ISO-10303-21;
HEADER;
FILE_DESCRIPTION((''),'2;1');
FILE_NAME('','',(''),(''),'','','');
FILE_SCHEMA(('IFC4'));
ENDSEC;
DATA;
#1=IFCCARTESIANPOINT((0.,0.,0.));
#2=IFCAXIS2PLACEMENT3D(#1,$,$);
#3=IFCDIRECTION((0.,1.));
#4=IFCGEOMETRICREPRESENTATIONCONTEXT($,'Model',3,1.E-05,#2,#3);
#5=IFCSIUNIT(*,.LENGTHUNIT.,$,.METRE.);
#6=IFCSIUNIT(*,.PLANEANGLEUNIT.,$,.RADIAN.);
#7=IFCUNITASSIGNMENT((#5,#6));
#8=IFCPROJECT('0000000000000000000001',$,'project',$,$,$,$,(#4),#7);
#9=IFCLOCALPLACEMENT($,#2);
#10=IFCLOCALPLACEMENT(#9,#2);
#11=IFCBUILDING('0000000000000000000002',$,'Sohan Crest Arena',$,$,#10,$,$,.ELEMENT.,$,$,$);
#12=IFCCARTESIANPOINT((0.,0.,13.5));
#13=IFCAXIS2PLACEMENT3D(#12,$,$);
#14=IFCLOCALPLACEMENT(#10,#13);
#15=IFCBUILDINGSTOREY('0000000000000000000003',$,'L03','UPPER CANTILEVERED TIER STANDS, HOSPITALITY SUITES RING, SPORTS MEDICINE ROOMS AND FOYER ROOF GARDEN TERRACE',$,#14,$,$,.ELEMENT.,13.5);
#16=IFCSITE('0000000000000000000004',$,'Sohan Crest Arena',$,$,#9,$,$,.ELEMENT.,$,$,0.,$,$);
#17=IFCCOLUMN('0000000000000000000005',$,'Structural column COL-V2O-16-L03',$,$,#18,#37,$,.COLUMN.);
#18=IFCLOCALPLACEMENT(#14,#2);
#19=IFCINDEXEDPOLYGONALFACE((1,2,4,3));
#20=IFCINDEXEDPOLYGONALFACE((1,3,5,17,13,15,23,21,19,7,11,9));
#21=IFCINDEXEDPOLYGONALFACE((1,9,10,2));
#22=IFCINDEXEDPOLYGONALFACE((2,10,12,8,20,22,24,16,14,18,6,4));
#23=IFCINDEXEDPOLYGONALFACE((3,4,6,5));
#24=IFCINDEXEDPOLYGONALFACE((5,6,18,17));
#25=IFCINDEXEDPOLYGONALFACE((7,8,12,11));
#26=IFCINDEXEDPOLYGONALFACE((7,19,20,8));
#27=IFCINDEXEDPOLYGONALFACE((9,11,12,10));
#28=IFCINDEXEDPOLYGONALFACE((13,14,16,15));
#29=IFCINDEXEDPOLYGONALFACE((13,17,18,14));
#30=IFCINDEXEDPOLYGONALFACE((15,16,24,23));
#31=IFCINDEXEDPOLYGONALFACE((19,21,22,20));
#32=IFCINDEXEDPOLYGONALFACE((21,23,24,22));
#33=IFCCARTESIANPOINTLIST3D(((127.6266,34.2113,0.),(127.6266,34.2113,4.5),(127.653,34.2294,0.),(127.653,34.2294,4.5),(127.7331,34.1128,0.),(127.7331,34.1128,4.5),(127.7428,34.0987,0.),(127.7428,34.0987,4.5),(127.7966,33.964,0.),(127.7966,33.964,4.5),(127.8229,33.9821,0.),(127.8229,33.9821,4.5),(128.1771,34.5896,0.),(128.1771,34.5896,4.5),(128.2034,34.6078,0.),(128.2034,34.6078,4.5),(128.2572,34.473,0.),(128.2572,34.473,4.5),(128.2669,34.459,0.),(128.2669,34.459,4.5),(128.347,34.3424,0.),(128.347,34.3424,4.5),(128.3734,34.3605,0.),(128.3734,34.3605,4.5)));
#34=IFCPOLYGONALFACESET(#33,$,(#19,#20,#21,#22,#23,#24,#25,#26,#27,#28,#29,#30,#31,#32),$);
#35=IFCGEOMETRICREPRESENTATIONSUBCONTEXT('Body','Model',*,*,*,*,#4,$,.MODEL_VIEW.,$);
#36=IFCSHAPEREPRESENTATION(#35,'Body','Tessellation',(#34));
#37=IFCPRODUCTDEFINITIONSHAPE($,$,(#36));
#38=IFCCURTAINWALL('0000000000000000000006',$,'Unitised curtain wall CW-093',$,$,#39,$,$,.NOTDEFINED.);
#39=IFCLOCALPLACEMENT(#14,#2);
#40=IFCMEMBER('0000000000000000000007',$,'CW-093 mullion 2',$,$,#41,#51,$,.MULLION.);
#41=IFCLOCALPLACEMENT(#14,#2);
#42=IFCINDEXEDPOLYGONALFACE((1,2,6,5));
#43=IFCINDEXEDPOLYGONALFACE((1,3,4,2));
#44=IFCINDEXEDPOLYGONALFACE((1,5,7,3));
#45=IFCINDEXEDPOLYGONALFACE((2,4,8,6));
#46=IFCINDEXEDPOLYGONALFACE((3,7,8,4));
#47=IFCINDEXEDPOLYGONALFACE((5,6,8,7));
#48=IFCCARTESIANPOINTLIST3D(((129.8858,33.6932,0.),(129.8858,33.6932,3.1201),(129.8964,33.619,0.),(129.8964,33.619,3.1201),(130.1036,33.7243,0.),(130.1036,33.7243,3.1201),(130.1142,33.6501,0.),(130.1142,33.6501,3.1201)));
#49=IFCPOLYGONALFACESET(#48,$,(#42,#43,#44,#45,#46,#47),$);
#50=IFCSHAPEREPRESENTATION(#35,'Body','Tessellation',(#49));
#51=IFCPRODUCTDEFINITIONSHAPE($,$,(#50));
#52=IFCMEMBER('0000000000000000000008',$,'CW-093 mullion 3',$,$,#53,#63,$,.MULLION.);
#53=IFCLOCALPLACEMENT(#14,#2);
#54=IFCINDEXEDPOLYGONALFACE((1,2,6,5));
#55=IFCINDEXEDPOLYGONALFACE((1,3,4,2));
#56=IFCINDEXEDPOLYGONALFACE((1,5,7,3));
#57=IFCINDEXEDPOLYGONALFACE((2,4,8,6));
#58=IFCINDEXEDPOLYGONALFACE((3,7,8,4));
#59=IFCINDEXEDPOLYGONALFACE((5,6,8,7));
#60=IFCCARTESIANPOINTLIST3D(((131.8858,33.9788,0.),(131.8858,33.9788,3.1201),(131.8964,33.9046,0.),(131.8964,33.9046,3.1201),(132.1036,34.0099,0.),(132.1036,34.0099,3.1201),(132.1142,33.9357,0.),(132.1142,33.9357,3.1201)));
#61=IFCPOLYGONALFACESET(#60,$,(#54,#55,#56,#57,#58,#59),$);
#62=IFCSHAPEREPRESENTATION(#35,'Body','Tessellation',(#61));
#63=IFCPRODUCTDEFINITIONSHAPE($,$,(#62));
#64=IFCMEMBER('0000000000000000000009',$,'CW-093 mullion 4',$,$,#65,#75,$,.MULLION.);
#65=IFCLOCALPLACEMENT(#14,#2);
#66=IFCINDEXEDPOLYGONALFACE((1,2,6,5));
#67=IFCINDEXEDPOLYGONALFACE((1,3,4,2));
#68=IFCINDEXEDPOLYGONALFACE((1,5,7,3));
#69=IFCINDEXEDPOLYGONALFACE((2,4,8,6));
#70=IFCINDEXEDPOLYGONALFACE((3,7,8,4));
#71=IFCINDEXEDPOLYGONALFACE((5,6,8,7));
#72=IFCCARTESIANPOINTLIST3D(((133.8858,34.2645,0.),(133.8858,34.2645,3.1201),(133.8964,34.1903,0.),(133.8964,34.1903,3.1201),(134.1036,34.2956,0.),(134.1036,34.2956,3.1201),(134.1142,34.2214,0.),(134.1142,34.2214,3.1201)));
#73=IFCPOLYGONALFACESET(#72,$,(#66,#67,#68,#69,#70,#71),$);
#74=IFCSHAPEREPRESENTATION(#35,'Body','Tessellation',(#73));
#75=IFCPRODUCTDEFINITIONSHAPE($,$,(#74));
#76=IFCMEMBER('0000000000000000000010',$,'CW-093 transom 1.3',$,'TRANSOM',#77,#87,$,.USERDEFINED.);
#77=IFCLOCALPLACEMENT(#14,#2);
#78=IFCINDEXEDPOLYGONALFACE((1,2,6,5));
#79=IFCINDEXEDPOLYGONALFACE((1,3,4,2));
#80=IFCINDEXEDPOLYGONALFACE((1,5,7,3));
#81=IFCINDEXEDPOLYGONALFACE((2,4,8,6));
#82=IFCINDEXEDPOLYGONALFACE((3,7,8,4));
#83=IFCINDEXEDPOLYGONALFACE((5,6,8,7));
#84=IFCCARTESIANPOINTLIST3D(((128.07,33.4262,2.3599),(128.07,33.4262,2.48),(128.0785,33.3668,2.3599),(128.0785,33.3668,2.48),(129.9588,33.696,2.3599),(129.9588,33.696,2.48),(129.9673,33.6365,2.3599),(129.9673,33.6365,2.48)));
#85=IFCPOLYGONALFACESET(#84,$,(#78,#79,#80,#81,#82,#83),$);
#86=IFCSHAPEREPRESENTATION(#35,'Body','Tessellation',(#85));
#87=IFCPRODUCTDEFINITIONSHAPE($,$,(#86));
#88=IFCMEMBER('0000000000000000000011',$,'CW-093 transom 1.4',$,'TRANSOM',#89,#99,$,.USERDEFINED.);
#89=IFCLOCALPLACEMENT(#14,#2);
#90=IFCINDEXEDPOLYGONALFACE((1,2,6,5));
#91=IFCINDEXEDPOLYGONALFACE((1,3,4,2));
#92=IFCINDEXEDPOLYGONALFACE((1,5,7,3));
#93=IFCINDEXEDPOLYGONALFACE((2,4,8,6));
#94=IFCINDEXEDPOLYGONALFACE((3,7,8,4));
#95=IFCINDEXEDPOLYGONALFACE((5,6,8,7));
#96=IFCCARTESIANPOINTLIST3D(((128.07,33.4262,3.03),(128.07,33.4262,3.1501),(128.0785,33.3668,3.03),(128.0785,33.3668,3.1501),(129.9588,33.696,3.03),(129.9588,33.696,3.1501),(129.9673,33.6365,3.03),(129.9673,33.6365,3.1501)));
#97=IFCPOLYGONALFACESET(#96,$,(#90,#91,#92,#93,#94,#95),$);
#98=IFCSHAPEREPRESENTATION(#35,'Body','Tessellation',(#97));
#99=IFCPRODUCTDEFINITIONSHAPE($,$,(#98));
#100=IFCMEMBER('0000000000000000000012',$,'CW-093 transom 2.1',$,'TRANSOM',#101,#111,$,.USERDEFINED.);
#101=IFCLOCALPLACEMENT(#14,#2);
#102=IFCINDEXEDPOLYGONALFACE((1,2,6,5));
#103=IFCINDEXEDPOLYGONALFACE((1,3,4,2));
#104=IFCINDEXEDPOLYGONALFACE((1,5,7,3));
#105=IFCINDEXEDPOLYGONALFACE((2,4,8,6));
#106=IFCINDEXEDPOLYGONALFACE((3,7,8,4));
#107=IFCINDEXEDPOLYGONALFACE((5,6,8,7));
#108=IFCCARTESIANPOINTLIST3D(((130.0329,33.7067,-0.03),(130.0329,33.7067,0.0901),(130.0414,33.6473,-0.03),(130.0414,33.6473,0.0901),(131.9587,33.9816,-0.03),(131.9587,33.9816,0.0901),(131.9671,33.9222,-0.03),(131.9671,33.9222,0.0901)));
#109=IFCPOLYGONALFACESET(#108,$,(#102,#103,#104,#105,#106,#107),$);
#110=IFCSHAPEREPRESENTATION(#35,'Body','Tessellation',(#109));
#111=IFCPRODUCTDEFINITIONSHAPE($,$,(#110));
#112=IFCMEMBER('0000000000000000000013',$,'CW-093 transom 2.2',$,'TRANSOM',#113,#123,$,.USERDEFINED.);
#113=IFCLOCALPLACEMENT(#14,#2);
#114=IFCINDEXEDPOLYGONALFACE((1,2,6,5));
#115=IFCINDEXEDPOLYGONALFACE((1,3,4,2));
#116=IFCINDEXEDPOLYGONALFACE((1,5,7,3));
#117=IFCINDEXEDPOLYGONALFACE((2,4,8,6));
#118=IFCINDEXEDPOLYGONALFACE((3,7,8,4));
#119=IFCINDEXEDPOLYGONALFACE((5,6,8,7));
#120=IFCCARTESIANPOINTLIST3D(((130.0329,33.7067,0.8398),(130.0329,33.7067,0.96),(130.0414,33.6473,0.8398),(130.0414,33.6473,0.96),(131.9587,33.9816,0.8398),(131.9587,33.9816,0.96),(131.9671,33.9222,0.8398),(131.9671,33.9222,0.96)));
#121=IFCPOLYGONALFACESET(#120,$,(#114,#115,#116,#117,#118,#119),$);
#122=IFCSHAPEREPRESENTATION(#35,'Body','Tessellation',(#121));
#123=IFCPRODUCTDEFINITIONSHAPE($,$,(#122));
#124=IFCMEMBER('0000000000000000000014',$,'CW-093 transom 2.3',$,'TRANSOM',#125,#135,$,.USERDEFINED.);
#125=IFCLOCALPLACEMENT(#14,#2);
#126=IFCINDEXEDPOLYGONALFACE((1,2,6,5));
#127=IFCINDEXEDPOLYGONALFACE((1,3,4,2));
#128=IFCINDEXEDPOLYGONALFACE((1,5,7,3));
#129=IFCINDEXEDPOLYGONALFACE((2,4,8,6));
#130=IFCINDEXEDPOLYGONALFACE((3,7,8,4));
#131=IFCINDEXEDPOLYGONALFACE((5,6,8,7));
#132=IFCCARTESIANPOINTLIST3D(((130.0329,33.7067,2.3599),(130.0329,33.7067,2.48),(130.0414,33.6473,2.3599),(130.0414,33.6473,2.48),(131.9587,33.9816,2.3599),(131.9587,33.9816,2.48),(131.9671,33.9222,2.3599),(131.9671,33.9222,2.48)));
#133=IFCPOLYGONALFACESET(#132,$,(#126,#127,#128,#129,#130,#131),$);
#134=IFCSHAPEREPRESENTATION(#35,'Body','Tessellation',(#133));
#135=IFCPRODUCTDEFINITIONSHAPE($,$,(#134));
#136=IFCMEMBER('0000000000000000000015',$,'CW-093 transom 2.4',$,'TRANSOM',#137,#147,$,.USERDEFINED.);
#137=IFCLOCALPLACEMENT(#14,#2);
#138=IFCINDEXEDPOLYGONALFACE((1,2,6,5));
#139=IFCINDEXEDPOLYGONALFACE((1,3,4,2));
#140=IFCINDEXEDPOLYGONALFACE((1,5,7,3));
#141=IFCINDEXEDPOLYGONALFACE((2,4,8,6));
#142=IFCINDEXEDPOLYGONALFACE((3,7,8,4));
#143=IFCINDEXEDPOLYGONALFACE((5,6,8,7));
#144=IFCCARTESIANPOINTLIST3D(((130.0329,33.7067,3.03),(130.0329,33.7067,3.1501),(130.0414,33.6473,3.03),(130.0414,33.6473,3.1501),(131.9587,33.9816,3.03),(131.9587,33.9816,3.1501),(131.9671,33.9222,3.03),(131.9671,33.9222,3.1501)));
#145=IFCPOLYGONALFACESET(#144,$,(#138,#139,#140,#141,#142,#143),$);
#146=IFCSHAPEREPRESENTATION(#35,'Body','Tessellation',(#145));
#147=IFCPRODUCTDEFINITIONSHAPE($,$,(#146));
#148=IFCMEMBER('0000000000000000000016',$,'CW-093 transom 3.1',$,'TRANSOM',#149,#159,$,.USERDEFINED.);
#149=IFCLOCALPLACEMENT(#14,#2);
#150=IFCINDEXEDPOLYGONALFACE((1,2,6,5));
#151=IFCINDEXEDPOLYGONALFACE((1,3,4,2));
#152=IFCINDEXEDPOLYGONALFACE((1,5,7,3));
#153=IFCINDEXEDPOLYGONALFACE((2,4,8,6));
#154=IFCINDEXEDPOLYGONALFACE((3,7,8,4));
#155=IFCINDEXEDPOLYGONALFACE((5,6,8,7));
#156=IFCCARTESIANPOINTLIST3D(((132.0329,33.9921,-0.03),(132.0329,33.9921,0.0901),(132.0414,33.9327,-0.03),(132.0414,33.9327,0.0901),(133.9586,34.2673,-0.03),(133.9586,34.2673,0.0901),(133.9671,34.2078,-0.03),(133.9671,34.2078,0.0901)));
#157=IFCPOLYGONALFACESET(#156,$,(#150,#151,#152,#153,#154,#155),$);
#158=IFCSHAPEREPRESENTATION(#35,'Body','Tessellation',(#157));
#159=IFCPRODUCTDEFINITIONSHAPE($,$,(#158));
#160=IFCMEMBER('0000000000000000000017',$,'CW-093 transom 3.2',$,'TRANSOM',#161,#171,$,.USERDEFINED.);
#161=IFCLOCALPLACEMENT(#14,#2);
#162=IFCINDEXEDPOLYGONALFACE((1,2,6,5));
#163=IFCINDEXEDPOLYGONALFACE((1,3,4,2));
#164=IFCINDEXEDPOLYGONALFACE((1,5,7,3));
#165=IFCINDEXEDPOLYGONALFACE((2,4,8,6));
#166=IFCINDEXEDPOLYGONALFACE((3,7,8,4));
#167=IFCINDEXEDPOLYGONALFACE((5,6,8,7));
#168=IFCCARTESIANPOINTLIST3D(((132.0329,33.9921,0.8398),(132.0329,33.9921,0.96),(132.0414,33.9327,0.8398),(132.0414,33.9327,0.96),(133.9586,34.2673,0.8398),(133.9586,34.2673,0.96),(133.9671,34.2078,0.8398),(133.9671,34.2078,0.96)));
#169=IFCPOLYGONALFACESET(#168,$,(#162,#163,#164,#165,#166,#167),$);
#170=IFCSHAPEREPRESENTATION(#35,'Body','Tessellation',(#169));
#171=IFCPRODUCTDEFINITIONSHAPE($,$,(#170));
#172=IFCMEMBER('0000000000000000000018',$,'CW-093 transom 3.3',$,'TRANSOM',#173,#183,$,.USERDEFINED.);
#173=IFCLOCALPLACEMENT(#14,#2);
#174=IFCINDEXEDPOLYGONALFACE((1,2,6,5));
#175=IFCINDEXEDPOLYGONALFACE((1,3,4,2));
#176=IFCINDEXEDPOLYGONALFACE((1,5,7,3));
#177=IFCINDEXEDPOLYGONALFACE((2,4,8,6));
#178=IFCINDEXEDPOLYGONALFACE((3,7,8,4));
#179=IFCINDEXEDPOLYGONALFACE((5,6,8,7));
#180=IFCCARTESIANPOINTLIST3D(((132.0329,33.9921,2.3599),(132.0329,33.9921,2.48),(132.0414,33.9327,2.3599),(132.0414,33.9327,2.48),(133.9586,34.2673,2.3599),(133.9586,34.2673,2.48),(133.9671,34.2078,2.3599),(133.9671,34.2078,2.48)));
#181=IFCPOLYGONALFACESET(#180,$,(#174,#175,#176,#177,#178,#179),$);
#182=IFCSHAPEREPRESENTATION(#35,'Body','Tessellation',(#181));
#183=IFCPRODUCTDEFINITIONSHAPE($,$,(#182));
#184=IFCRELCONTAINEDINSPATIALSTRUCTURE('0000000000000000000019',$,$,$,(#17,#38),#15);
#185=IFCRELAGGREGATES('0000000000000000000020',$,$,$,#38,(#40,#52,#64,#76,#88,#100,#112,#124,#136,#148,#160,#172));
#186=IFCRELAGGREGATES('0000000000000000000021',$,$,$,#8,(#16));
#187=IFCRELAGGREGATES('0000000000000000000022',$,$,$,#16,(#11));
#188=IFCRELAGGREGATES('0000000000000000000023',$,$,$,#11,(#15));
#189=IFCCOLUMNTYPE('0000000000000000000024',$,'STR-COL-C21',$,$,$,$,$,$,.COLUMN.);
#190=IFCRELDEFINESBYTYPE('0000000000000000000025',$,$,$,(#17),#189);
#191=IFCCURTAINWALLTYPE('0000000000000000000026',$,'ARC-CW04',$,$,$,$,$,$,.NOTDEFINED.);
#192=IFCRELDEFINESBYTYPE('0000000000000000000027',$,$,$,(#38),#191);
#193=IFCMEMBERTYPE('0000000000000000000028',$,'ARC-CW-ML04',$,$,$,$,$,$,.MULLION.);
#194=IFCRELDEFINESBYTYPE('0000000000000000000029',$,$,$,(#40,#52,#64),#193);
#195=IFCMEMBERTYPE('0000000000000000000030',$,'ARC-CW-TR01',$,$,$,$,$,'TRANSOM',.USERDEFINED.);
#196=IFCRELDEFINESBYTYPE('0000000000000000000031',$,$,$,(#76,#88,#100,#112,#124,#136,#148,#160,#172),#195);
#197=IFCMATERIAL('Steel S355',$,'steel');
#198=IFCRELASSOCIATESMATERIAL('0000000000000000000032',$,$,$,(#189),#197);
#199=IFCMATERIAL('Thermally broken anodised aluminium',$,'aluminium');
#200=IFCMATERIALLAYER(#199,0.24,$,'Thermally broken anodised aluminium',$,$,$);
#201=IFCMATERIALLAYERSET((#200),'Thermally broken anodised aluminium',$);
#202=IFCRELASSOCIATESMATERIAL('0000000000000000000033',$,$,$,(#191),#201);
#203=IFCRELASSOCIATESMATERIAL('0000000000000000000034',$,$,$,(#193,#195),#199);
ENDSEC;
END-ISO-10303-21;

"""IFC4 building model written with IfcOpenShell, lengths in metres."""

from ifc_helpers import new_model, si_unit, direction, frame, origin, origin_2d, place, context, subcontext, project, spatial, rectangle, i_section, extrude, material, layer, layer_set, material_profile, profile_set, type_object, element, aggregate, save


model = new_model("IFC4")

# Units and contexts
model_context = context("Model", 3, precision=1e-05, world=origin(), true_north=direction((0.0, 1.0)))
body_context = subcontext(model_context, "Body", "Model", "MODEL_VIEW")
ifc_project = project(units=[si_unit("LENGTHUNIT", "METRE"), si_unit("PLANEANGLEUNIT", "RADIAN")], contexts=[model_context])

# Site, building, storey
site_placement = place(None, origin())
site = spatial("IfcSite", under=ifc_project, at=site_placement, Name="Sohan Crest Arena", CompositionType="ELEMENT", RefElevation=0.0)
building_placement = place(site_placement, origin())
building = spatial("IfcBuilding", under=site, at=building_placement, Name="Sohan Crest Arena", CompositionType="ELEMENT")
storey_placement = place(building_placement, frame((0.0, 0.0, 13.5)))
storey = spatial("IfcBuildingStorey", under=building, at=storey_placement, Name="L03", Description="UPPER CANTILEVERED TIER STANDS, HOSPITALITY SUITES RING, SPORTS MEDICINE ROOMS AND FOYER ROOF GARDEN TERRACE", CompositionType="ELEMENT", Elevation=13.5)

# Column
ifc_material_1 = material(Name="Steel S355", Category="steel")
ifc_material_profile_1 = material_profile(ifc_material_1, i_section(OverallWidth=0.3, OverallDepth=0.7, WebThickness=0.0171, FlangeThickness=0.032, at=origin_2d()), Name="HEB 700")
ifc_profile_set_1 = profile_set([ifc_material_profile_1], Name="Steel S355")
column_type = type_object("IfcColumnType", Name="STR-COL-C21", PredefinedType="COLUMN", material=ifc_profile_set_1)
column_placement = place(storey_placement, frame((128.0, 34.2859, 0.0), z_axis=(0.0, 0.0, 1.0), x_axis=(-0.566406, 0.824126, 0.0)))
element("IfcColumn", 1, at=column_placement, inside=storey, type_object=column_type, Name="Structural column COL-V2O-16-L03", PredefinedType="COLUMN", context=body_context, shape_type="SweptSolid", body=[
    extrude(i_section(OverallWidth=0.3, OverallDepth=0.7, WebThickness=0.0171, FlangeThickness=0.032, at=origin_2d()), origin(), (0.0, 0.0, 1.0), 4.5),
])

# Curtain wall, members
ifc_material_2 = material(Name="Thermally broken anodised aluminium", Category="aluminium")
ifc_layer_1 = layer(ifc_material_2, 0.24, Name="Thermally broken anodised aluminium")
ifc_layer_set_1 = layer_set([ifc_layer_1], Name="Thermally broken anodised aluminium")
curtain_wall_type = type_object("IfcCurtainWallType", Name="ARC-CW04", PredefinedType="NOTDEFINED", material=ifc_layer_set_1)
curtain_wall_placement = place(storey_placement, origin())
curtain_wall = element("IfcCurtainWall", 2, at=curtain_wall_placement, inside=storey, type_object=curtain_wall_type, Name="Unitised curtain wall CW-093", PredefinedType="NOTDEFINED")
ifc_material_profile_2 = material_profile(ifc_material_2, rectangle(XDim=0.075, YDim=0.22, at=origin_2d()), Name="ALU-MULL 75x220")
ifc_profile_set_2 = profile_set([ifc_material_profile_2], Name="Thermally broken anodised aluminium")
member_type_1 = type_object("IfcMemberType", Name="ARC-CW-ML04", PredefinedType="MULLION", material=ifc_profile_set_2)
member_1_placement = place(storey_placement, frame((130.0, 33.6716, 0.0), z_axis=(0.0, 0.0, 1.0), x_axis=(-0.141366, 0.989957, 0.0)))
member_1 = element("IfcMember", 3, at=member_1_placement, type_object=member_type_1, Name="CW-093 mullion 2", PredefinedType="MULLION", context=body_context, shape_type="SweptSolid", body=[
    extrude(rectangle(XDim=0.075, YDim=0.22, at=origin_2d()), origin(), (0.0, 0.0, 1.0), 3.1201),
])
member_2_placement = place(storey_placement, frame((132.0, 33.9573, 0.0), z_axis=(0.0, 0.0, 1.0), x_axis=(-0.141366, 0.989957, 0.0)))
member_2 = element("IfcMember", 4, at=member_2_placement, type_object=member_type_1, Name="CW-093 mullion 3", PredefinedType="MULLION", context=body_context, shape_type="SweptSolid", body=[
    extrude(rectangle(XDim=0.075, YDim=0.22, at=origin_2d()), origin(), (0.0, 0.0, 1.0), 3.1201),
])
member_3_placement = place(storey_placement, frame((134.0, 34.2429, 0.0), z_axis=(0.0, 0.0, 1.0), x_axis=(-0.141366, 0.989957, 0.0)))
member_3 = element("IfcMember", 5, at=member_3_placement, type_object=member_type_1, Name="CW-093 mullion 4", PredefinedType="MULLION", context=body_context, shape_type="SweptSolid", body=[
    extrude(rectangle(XDim=0.075, YDim=0.22, at=origin_2d()), origin(), (0.0, 0.0, 1.0), 3.1201),
])
ifc_material_profile_3 = material_profile(ifc_material_2, rectangle(XDim=0.0601, YDim=0.1201, at=origin_2d()), Name="ALU-TRAN 60x120")
ifc_profile_set_3 = profile_set([ifc_material_profile_3], Name="Thermally broken anodised aluminium")
member_type_2 = type_object("IfcMemberType", Name="ARC-CW-TR01", ElementType="TRANSOM", PredefinedType="USERDEFINED", material=ifc_profile_set_3)
member_4_placement = place(storey_placement, frame((128.0742, 33.3965, 2.4199), z_axis=(0.989952, 0.141403, 0.0), x_axis=(-0.141403, 0.989952, 0.0)))
member_4 = element("IfcMember", 6, at=member_4_placement, type_object=member_type_2, Name="CW-093 transom 1.3", ObjectType="TRANSOM", PredefinedType="USERDEFINED", context=body_context, shape_type="SweptSolid", body=[
    extrude(rectangle(XDim=0.0601, YDim=0.1201, at=origin_2d()), origin(), (0.0, 0.0, 1.0), 1.908),
])
member_5_placement = place(storey_placement, frame((128.0742, 33.3965, 3.0901), z_axis=(0.989952, 0.141403, 0.0), x_axis=(-0.141403, 0.989952, 0.0)))
member_5 = element("IfcMember", 7, at=member_5_placement, type_object=member_type_2, Name="CW-093 transom 1.4", ObjectType="TRANSOM", PredefinedType="USERDEFINED", context=body_context, shape_type="SweptSolid", body=[
    extrude(rectangle(XDim=0.0601, YDim=0.1201, at=origin_2d()), origin(), (0.0, 0.0, 1.0), 1.908),
])
member_6_placement = place(storey_placement, frame((130.0371, 33.677, 0.03), z_axis=(0.989965, 0.141316, 0.0), x_axis=(-0.141316, 0.989965, 0.0)))
member_6 = element("IfcMember", 8, at=member_6_placement, type_object=member_type_2, Name="CW-093 transom 2.1", ObjectType="TRANSOM", PredefinedType="USERDEFINED", context=body_context, shape_type="SweptSolid", body=[
    extrude(rectangle(XDim=0.0601, YDim=0.1201, at=origin_2d()), origin(), (0.0, 0.0, 1.0), 1.9453),
])
member_7_placement = place(storey_placement, frame((130.0371, 33.677, 0.8999), z_axis=(0.989965, 0.141316, 0.0), x_axis=(-0.141316, 0.989965, 0.0)))
member_7 = element("IfcMember", 9, at=member_7_placement, type_object=member_type_2, Name="CW-093 transom 2.2", ObjectType="TRANSOM", PredefinedType="USERDEFINED", context=body_context, shape_type="SweptSolid", body=[
    extrude(rectangle(XDim=0.0601, YDim=0.1201, at=origin_2d()), origin(), (0.0, 0.0, 1.0), 1.9453),
])
member_8_placement = place(storey_placement, frame((130.0371, 33.677, 2.4199), z_axis=(0.989965, 0.141316, 0.0), x_axis=(-0.141316, 0.989965, 0.0)))
member_8 = element("IfcMember", 10, at=member_8_placement, type_object=member_type_2, Name="CW-093 transom 2.3", ObjectType="TRANSOM", PredefinedType="USERDEFINED", context=body_context, shape_type="SweptSolid", body=[
    extrude(rectangle(XDim=0.0601, YDim=0.1201, at=origin_2d()), origin(), (0.0, 0.0, 1.0), 1.9453),
])
member_9_placement = place(storey_placement, frame((130.0371, 33.677, 3.0901), z_axis=(0.989965, 0.141316, 0.0), x_axis=(-0.141316, 0.989965, 0.0)))
member_9 = element("IfcMember", 11, at=member_9_placement, type_object=member_type_2, Name="CW-093 transom 2.4", ObjectType="TRANSOM", PredefinedType="USERDEFINED", context=body_context, shape_type="SweptSolid", body=[
    extrude(rectangle(XDim=0.0601, YDim=0.1201, at=origin_2d()), origin(), (0.0, 0.0, 1.0), 1.9453),
])
member_10_placement = place(storey_placement, frame((132.0371, 33.9624, 0.03), z_axis=(0.989947, 0.141439, 0.0), x_axis=(-0.141439, 0.989947, 0.0)))
member_10 = element("IfcMember", 12, at=member_10_placement, type_object=member_type_2, Name="CW-093 transom 3.1", ObjectType="TRANSOM", PredefinedType="USERDEFINED", context=body_context, shape_type="SweptSolid", body=[
    extrude(rectangle(XDim=0.0601, YDim=0.1201, at=origin_2d()), origin(), (0.0, 0.0, 1.0), 1.9453),
])
member_11_placement = place(storey_placement, frame((132.0371, 33.9624, 0.8999), z_axis=(0.989947, 0.141439, 0.0), x_axis=(-0.141439, 0.989947, 0.0)))
member_11 = element("IfcMember", 13, at=member_11_placement, type_object=member_type_2, Name="CW-093 transom 3.2", ObjectType="TRANSOM", PredefinedType="USERDEFINED", context=body_context, shape_type="SweptSolid", body=[
    extrude(rectangle(XDim=0.0601, YDim=0.1201, at=origin_2d()), origin(), (0.0, 0.0, 1.0), 1.9453),
])
member_12_placement = place(storey_placement, frame((132.0371, 33.9624, 2.4199), z_axis=(0.989947, 0.141439, 0.0), x_axis=(-0.141439, 0.989947, 0.0)))
member_12 = element("IfcMember", 14, at=member_12_placement, type_object=member_type_2, Name="CW-093 transom 3.3", ObjectType="TRANSOM", PredefinedType="USERDEFINED", context=body_context, shape_type="SweptSolid", body=[
    extrude(rectangle(XDim=0.0601, YDim=0.1201, at=origin_2d()), origin(), (0.0, 0.0, 1.0), 1.9453),
])

aggregate(curtain_wall, [member_1, member_2, member_3, member_4, member_5, member_6, member_7, member_8, member_9, member_10, member_11, member_12])

save(model, "model.ifc")
